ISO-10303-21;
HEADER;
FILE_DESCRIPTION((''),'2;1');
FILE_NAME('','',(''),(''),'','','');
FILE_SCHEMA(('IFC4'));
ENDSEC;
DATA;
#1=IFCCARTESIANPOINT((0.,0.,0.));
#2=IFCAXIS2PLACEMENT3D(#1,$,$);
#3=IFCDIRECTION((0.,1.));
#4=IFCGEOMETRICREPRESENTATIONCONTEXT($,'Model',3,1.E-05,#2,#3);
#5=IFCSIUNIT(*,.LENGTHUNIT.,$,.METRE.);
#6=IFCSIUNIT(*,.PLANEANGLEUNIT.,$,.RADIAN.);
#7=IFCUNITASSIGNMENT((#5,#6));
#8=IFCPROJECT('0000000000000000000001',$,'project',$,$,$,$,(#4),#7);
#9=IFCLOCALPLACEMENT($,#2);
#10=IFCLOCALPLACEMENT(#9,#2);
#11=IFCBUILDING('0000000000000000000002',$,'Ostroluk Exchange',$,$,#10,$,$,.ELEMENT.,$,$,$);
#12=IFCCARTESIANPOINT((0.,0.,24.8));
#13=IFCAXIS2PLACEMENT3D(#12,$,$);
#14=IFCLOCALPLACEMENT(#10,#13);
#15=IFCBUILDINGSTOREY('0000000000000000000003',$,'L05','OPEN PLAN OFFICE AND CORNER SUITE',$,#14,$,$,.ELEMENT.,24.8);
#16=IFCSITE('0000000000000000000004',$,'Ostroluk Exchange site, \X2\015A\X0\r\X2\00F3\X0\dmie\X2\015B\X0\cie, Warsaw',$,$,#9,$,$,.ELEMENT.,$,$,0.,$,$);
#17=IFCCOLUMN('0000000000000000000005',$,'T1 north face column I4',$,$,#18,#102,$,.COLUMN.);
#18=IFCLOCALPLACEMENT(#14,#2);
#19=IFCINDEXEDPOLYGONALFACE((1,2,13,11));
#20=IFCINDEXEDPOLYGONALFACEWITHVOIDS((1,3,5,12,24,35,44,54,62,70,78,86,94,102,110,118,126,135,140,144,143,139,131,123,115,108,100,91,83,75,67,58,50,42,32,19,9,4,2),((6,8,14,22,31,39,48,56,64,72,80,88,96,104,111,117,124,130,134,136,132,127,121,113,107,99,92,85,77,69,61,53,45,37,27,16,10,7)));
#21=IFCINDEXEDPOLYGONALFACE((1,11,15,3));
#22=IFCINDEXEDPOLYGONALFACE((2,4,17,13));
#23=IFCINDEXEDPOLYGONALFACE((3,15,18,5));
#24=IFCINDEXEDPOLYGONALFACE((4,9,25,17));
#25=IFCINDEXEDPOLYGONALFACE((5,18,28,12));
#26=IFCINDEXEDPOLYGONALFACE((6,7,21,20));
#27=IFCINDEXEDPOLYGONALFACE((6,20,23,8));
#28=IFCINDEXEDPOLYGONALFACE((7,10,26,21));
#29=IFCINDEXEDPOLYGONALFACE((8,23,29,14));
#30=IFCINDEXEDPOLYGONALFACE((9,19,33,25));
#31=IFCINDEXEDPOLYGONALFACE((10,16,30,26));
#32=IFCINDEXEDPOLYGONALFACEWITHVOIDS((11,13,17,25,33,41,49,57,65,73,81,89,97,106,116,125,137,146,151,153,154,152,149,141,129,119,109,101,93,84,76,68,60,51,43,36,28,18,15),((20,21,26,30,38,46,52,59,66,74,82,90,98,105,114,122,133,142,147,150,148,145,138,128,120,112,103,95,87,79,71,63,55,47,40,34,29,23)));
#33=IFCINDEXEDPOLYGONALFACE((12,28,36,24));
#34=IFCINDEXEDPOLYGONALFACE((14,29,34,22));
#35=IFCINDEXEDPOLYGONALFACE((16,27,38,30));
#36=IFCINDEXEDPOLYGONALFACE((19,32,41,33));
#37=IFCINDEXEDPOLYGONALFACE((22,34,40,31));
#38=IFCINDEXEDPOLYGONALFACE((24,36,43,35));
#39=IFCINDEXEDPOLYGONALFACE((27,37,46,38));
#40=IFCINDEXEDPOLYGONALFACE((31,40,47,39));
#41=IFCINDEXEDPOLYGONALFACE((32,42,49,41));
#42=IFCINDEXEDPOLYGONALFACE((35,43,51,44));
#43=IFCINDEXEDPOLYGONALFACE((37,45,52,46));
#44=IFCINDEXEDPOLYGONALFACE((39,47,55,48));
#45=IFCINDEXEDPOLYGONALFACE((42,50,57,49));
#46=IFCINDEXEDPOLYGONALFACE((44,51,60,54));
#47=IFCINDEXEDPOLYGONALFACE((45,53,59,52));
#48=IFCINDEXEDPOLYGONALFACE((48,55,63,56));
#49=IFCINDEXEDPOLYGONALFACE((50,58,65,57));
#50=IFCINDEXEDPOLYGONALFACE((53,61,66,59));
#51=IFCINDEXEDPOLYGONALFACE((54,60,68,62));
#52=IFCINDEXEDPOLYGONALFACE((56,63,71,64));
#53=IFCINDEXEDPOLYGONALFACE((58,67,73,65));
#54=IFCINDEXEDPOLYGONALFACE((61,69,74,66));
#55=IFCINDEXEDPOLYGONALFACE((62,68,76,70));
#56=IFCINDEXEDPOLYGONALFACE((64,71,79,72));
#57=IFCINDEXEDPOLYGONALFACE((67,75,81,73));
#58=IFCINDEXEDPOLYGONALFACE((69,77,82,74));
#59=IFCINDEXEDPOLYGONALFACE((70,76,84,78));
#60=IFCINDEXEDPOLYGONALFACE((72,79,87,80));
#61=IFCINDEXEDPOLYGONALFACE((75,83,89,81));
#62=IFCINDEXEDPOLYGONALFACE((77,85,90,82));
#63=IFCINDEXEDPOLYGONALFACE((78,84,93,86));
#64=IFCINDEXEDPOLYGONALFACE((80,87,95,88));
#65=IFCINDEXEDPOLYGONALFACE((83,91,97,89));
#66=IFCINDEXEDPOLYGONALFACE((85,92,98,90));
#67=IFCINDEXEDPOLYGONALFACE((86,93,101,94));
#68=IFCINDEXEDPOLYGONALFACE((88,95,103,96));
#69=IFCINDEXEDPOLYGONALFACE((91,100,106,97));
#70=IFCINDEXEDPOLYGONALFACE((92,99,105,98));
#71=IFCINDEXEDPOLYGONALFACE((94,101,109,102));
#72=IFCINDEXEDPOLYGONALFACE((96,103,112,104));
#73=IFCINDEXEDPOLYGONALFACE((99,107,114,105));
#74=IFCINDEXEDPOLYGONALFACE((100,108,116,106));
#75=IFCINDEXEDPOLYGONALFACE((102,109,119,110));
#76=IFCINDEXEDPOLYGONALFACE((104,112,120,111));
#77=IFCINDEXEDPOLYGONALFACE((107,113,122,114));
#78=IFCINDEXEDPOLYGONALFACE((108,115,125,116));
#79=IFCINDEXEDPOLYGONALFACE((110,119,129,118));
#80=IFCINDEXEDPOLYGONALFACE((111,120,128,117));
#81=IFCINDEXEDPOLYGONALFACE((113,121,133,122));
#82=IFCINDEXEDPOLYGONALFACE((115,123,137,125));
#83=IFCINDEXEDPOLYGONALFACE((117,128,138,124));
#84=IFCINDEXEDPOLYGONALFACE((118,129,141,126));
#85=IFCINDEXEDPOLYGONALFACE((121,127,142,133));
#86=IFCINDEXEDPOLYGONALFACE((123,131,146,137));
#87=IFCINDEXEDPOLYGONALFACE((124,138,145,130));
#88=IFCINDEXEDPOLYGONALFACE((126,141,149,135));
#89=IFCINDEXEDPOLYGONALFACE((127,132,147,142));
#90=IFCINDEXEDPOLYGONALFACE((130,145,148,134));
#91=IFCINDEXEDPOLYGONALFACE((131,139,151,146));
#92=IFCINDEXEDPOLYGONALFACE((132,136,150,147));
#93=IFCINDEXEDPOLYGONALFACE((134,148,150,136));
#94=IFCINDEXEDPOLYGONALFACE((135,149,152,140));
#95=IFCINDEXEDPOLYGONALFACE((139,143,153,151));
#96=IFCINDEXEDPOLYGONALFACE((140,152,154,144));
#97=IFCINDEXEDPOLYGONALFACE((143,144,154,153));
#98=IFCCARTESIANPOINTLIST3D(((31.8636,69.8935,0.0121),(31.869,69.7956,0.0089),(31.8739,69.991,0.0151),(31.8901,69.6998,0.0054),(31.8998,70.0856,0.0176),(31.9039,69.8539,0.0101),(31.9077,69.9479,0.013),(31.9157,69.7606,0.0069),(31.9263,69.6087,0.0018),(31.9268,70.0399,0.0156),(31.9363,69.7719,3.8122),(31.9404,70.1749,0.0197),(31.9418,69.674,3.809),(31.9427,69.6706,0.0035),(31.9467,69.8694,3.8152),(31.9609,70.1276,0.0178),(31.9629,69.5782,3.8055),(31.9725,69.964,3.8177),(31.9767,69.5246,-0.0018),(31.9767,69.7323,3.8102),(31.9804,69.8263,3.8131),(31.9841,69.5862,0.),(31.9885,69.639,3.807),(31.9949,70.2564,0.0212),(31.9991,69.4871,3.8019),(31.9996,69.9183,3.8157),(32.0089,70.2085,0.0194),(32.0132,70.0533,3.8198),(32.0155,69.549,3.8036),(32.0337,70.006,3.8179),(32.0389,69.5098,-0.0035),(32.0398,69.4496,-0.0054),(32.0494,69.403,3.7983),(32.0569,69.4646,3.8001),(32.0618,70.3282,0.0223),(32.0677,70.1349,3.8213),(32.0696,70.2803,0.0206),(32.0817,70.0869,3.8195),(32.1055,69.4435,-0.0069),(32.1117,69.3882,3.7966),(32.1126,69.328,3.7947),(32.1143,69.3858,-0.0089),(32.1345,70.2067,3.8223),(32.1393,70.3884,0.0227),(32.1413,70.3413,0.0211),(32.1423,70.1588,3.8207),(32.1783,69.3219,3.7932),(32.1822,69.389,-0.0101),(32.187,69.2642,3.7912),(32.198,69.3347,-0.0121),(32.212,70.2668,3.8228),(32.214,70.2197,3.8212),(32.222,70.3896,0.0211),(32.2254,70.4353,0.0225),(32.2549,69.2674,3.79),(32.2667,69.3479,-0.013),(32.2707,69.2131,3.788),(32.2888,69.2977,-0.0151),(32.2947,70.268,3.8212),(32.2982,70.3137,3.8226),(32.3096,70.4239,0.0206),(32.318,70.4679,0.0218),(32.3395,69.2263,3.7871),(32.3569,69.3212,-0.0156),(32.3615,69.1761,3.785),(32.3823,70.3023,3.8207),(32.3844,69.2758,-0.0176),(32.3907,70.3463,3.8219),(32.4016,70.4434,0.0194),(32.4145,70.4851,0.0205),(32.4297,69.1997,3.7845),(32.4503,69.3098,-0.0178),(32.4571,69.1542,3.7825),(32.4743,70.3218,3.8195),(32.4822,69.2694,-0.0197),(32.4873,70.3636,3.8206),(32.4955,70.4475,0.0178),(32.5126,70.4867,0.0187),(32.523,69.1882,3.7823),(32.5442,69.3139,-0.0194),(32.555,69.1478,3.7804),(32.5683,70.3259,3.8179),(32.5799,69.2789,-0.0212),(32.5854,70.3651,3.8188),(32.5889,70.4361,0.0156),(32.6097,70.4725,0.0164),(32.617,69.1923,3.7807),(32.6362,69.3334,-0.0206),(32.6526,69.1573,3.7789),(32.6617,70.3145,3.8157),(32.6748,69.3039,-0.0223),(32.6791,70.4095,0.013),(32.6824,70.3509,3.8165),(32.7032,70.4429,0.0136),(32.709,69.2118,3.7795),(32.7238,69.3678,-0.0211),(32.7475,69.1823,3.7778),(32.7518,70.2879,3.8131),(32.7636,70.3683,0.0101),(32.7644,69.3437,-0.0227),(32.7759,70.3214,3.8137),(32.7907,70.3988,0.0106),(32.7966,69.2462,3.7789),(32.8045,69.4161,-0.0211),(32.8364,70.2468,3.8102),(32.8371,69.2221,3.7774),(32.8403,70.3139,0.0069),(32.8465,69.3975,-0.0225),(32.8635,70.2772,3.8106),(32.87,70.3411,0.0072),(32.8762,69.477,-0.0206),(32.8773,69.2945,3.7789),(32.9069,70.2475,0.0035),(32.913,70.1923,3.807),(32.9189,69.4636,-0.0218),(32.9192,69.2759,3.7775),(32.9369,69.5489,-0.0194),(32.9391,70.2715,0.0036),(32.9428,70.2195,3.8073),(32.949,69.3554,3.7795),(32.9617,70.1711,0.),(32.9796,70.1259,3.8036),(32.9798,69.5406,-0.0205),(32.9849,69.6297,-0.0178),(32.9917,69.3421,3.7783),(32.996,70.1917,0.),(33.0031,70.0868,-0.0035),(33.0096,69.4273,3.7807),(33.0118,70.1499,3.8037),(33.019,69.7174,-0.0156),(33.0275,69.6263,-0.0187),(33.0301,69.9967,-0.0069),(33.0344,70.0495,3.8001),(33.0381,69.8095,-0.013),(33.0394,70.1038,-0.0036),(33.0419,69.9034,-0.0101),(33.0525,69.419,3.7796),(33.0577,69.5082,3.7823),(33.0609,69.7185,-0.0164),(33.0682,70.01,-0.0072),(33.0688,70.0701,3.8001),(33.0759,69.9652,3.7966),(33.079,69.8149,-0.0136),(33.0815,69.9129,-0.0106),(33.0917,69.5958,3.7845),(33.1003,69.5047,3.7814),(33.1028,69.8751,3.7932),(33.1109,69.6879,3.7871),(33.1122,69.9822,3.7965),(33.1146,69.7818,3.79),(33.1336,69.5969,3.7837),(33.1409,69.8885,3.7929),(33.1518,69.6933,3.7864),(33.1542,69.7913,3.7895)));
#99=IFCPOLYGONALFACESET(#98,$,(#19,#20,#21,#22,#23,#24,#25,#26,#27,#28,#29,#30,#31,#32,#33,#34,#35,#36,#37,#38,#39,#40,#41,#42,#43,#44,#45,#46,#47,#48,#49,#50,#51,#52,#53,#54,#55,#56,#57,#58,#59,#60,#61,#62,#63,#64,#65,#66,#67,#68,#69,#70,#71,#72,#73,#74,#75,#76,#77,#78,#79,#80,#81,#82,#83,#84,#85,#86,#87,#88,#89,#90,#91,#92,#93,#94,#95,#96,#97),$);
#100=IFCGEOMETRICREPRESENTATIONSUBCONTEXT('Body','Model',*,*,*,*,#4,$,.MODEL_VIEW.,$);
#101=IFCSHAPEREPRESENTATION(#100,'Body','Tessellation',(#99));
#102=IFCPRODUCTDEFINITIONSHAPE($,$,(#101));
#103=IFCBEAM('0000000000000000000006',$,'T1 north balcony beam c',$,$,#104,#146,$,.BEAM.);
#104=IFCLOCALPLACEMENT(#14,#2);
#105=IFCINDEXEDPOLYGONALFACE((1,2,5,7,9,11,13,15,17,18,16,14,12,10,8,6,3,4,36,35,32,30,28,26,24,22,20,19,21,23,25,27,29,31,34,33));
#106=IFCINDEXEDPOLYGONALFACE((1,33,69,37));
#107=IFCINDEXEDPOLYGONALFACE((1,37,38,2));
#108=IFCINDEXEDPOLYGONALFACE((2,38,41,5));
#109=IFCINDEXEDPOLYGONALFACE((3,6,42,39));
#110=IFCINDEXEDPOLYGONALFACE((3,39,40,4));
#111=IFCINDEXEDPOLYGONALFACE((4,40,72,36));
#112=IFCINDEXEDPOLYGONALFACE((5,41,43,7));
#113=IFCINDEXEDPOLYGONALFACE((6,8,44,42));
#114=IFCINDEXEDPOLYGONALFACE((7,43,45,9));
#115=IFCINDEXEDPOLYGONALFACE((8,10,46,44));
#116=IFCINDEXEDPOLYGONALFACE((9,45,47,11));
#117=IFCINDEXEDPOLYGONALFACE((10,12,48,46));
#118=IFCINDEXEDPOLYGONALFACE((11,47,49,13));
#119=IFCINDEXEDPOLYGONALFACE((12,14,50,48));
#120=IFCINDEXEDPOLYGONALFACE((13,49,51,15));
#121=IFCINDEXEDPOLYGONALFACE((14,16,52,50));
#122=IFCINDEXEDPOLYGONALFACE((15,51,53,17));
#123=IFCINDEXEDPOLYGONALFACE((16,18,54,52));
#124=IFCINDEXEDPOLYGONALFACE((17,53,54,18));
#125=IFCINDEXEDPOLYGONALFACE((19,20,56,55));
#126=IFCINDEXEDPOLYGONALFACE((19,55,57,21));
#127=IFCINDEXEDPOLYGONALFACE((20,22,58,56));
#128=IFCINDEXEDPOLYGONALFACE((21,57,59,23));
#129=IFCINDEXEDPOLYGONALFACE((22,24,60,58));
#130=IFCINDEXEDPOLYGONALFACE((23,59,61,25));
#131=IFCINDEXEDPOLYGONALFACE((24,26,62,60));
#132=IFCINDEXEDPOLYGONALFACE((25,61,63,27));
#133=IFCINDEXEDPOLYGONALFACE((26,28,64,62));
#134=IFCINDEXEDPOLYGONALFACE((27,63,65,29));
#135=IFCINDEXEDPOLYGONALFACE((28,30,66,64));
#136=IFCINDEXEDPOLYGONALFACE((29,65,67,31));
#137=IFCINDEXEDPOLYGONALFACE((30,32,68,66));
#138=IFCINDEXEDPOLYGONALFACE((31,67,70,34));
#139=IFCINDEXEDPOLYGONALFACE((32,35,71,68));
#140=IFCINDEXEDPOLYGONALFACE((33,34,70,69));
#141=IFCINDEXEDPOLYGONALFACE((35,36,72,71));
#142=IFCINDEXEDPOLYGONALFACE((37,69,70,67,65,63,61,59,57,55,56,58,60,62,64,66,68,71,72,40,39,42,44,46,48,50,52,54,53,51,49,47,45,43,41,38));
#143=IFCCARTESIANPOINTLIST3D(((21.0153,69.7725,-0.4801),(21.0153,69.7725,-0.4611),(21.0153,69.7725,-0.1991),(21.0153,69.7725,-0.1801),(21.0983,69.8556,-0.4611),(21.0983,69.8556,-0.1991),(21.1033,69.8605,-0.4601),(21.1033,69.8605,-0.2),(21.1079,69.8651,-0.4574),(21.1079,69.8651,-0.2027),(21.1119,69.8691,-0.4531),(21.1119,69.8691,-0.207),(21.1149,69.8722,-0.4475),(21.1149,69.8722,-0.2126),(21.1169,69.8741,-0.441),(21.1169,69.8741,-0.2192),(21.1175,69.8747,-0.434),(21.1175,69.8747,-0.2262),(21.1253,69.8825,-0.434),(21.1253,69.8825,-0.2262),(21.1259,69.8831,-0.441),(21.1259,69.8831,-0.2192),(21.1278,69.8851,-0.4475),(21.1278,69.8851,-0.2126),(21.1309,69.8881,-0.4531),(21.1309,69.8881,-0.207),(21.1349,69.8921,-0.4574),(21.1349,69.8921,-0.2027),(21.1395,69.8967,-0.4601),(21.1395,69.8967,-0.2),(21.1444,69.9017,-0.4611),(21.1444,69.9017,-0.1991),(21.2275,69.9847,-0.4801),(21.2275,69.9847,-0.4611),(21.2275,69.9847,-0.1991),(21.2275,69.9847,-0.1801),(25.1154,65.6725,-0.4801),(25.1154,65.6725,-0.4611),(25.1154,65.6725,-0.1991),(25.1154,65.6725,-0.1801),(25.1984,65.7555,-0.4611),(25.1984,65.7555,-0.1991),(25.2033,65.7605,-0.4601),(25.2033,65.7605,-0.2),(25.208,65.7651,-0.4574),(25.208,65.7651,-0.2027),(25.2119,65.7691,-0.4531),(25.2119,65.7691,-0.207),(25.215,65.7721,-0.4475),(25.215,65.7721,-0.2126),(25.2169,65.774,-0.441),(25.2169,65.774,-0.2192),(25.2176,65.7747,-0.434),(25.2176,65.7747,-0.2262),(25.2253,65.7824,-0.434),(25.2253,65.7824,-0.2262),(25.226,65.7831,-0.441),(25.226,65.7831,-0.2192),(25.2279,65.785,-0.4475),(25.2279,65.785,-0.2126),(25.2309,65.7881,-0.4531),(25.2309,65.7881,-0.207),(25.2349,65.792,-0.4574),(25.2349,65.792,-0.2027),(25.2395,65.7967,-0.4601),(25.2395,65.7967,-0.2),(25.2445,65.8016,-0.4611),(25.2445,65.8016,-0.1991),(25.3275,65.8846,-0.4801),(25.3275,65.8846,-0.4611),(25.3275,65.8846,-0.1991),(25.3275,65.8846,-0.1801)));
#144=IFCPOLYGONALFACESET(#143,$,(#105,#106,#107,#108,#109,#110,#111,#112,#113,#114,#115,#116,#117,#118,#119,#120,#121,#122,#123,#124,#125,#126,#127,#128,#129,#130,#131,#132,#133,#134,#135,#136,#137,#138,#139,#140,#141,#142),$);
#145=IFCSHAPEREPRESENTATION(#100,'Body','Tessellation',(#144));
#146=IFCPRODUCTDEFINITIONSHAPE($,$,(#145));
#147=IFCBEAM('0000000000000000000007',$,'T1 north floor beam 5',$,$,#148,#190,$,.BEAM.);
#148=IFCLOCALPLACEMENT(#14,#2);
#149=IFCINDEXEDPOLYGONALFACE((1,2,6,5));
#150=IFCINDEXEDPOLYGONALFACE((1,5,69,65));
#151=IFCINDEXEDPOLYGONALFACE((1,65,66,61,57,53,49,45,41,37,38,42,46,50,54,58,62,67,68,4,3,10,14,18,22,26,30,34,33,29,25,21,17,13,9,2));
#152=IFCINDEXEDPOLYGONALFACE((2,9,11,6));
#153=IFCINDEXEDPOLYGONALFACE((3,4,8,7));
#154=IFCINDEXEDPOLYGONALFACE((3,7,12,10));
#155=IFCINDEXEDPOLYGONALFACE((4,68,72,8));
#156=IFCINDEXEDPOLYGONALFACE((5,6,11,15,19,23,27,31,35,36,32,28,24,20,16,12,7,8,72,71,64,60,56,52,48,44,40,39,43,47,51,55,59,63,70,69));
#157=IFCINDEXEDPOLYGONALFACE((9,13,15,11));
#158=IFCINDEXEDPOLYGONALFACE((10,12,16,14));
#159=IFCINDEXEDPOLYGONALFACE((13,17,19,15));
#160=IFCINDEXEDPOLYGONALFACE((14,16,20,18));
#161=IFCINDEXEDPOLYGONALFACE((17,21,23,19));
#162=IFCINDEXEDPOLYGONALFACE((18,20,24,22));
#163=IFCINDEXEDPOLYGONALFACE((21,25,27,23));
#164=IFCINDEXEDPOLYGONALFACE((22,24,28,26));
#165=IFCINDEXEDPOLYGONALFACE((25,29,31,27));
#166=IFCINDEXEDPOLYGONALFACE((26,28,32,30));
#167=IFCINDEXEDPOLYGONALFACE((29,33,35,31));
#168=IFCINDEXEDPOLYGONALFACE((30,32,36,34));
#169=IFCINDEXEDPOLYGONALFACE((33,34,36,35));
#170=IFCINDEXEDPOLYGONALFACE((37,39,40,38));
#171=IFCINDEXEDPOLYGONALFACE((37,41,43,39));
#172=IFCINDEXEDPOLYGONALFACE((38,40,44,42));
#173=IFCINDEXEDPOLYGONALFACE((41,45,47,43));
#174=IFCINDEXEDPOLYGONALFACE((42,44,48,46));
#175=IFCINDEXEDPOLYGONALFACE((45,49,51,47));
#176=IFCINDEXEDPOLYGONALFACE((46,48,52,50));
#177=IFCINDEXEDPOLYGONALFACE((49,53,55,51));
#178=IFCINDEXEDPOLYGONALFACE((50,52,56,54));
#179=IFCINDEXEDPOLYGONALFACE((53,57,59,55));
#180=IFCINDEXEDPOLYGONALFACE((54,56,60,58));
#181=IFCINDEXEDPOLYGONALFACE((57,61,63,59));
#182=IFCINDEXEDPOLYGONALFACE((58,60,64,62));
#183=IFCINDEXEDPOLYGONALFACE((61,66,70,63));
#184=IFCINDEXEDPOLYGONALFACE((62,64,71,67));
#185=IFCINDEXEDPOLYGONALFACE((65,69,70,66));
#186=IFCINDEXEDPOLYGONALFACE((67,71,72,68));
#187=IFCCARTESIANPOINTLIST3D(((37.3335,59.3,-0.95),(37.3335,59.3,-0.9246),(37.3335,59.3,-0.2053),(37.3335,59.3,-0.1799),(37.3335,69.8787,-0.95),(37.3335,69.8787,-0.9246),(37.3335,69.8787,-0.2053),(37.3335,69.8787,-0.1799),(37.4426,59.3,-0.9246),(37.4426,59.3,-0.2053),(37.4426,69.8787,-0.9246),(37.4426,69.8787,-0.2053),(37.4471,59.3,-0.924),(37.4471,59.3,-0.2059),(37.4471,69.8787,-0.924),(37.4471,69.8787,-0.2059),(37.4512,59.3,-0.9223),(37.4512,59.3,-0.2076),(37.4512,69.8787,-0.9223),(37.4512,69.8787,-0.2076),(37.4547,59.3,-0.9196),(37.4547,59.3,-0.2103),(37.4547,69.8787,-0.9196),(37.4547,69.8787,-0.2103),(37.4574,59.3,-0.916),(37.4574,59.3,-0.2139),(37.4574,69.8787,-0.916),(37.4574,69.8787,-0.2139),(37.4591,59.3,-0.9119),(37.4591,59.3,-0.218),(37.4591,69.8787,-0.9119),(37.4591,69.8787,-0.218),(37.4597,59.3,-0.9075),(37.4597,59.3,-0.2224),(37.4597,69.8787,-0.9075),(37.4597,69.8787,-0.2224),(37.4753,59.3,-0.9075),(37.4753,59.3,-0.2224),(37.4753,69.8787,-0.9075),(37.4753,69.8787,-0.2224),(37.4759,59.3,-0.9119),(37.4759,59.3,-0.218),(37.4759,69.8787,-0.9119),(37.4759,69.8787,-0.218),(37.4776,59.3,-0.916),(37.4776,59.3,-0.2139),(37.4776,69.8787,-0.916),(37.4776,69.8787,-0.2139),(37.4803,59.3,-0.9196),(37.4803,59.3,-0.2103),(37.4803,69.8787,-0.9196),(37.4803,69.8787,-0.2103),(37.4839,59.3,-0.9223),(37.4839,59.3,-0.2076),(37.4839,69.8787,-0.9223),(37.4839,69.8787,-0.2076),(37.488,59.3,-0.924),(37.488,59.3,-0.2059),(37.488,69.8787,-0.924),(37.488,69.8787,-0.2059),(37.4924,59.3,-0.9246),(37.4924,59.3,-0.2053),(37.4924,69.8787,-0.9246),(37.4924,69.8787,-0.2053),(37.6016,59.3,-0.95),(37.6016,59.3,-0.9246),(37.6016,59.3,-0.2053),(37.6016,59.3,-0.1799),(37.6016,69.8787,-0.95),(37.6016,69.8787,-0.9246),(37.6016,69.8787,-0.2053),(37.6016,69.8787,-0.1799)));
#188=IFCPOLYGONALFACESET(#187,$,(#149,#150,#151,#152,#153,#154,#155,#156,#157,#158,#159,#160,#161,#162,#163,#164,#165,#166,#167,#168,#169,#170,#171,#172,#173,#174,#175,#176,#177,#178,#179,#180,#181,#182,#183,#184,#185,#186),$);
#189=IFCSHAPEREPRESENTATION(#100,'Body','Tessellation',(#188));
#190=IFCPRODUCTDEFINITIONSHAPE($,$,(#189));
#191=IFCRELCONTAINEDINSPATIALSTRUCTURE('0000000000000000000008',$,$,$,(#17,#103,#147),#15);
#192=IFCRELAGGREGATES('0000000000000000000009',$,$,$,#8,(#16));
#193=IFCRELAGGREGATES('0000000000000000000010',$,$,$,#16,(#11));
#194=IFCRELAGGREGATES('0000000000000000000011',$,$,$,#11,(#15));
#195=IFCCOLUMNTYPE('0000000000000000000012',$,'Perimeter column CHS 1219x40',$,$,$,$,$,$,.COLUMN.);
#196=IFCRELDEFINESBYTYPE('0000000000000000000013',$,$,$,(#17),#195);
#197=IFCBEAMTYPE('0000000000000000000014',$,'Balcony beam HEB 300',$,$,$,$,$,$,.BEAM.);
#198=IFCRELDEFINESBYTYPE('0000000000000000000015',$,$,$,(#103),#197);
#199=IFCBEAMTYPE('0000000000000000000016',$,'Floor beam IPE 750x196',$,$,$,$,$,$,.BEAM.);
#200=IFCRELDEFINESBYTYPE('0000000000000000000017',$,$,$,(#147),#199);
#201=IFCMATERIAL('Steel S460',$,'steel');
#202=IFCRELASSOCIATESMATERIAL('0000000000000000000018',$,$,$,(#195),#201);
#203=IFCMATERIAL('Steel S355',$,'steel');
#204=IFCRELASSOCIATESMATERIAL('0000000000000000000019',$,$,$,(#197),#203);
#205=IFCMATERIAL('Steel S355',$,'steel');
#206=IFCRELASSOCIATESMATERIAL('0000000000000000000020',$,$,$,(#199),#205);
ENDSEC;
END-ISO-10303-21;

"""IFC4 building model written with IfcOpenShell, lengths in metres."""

from ifc_helpers import new_model, si_unit, direction, frame, origin, origin_2d, place, context, subcontext, project, spatial, hollow_circle, i_section, extrude, material, material_profile, profile_set, type_object, element, save


model = new_model("IFC4")

# Units and contexts
model_context = context("Model", 3, precision=1e-05, world=origin(), true_north=direction((0.0, 1.0)))
body_context = subcontext(model_context, "Body", "Model", "MODEL_VIEW")
ifc_project = project(units=[si_unit("LENGTHUNIT", "METRE"), si_unit("PLANEANGLEUNIT", "RADIAN")], contexts=[model_context])

# Site, building, storey
site_placement = place(None, origin())
site = spatial("IfcSite", under=ifc_project, at=site_placement, Name="Ostroluk Exchange site, Śródmieście, Warsaw", CompositionType="ELEMENT", RefElevation=0.0)
building_placement = place(site_placement, origin())
building = spatial("IfcBuilding", under=site, at=building_placement, Name="Ostroluk Exchange", CompositionType="ELEMENT")
storey_placement = place(building_placement, frame((0.0, 0.0, 24.8)))
storey = spatial("IfcBuildingStorey", under=building, at=storey_placement, Name="L05", Description="OPEN PLAN OFFICE AND CORNER SUITE", CompositionType="ELEMENT", Elevation=24.8)

# Column
ifc_material_1 = material(Name="Steel S460", Category="steel")
ifc_material_profile_1 = material_profile(ifc_material_1, hollow_circle(Radius=0.6096, WallThickness=0.04, at=origin_2d()), Name="CHS 1219x40")
ifc_profile_set_1 = profile_set([ifc_material_profile_1], Name="Steel S460")
column_type = type_object("IfcColumnType", Name="Perimeter column CHS 1219x40", PredefinedType="COLUMN", material=ifc_profile_set_1)
column_placement = place(storey_placement, frame((32.4729, 69.8787, 0.0), z_axis=(0.019132, -0.031973, 0.999306), x_axis=(0.8581, 0.513482, 0.0)))
element("IfcColumn", 1, at=column_placement, inside=storey, type_object=column_type, Name="T1 north face column I4", PredefinedType="COLUMN", context=body_context, shape_type="SweptSolid", body=[
    extrude(hollow_circle(Radius=0.6096, WallThickness=0.04, at=origin_2d()), origin(), (0.0, 0.0, 1.0), 3.8027),
])

# Beams
ifc_material_2 = material(Name="Steel S355", Category="steel")
ifc_material_profile_2 = material_profile(ifc_material_2, i_section(OverallWidth=0.3, OverallDepth=0.3, WebThickness=0.011, FlangeThickness=0.019, FilletRadius=0.0271, at=origin_2d()), Name="HEB 300")
ifc_profile_set_2 = profile_set([ifc_material_profile_2], Name="Steel S355")
beam_type_1 = type_object("IfcBeamType", Name="Balcony beam HEB 300", PredefinedType="BEAM", material=ifc_profile_set_2)
beam_1_placement = place(storey_placement, frame((25.2214, 65.7786, -0.3301), z_axis=(-0.707107, 0.707107, 0.0), x_axis=(-0.707107, -0.707107, 0.0)))
element("IfcBeam", 2, at=beam_1_placement, inside=storey, type_object=beam_type_1, Name="T1 north balcony beam c", PredefinedType="BEAM", context=body_context, shape_type="SweptSolid", body=[
    extrude(i_section(OverallWidth=0.3, OverallDepth=0.3, WebThickness=0.011, FlangeThickness=0.019, FilletRadius=0.0271, at=origin_2d()), origin(), (0.0, 0.0, 1.0), 5.7983),
])
ifc_material_3 = material(Name="Steel S355", Category="steel")
ifc_material_profile_3 = material_profile(ifc_material_3, i_section(OverallWidth=0.2681, OverallDepth=0.77, WebThickness=0.0156, FlangeThickness=0.0254, FilletRadius=0.0171, at=origin_2d()), Name="IPE 750x196")
ifc_profile_set_3 = profile_set([ifc_material_profile_3], Name="Steel S355")
beam_type_2 = type_object("IfcBeamType", Name="Floor beam IPE 750x196", PredefinedType="BEAM", material=ifc_profile_set_3)
beam_2_placement = place(storey_placement, frame((37.4675, 59.3, -0.5649), z_axis=(0.0, 1.0, 0.0), x_axis=(-1.0, 0.0, 0.0)))
element("IfcBeam", 3, at=beam_2_placement, inside=storey, type_object=beam_type_2, Name="T1 north floor beam 5", PredefinedType="BEAM", context=body_context, shape_type="SweptSolid", body=[
    extrude(i_section(OverallWidth=0.2681, OverallDepth=0.77, WebThickness=0.0156, FlangeThickness=0.0254, FilletRadius=0.0171, at=origin_2d()), origin(), (0.0, 0.0, 1.0), 10.5786),
])

save(model, "model.ifc")
